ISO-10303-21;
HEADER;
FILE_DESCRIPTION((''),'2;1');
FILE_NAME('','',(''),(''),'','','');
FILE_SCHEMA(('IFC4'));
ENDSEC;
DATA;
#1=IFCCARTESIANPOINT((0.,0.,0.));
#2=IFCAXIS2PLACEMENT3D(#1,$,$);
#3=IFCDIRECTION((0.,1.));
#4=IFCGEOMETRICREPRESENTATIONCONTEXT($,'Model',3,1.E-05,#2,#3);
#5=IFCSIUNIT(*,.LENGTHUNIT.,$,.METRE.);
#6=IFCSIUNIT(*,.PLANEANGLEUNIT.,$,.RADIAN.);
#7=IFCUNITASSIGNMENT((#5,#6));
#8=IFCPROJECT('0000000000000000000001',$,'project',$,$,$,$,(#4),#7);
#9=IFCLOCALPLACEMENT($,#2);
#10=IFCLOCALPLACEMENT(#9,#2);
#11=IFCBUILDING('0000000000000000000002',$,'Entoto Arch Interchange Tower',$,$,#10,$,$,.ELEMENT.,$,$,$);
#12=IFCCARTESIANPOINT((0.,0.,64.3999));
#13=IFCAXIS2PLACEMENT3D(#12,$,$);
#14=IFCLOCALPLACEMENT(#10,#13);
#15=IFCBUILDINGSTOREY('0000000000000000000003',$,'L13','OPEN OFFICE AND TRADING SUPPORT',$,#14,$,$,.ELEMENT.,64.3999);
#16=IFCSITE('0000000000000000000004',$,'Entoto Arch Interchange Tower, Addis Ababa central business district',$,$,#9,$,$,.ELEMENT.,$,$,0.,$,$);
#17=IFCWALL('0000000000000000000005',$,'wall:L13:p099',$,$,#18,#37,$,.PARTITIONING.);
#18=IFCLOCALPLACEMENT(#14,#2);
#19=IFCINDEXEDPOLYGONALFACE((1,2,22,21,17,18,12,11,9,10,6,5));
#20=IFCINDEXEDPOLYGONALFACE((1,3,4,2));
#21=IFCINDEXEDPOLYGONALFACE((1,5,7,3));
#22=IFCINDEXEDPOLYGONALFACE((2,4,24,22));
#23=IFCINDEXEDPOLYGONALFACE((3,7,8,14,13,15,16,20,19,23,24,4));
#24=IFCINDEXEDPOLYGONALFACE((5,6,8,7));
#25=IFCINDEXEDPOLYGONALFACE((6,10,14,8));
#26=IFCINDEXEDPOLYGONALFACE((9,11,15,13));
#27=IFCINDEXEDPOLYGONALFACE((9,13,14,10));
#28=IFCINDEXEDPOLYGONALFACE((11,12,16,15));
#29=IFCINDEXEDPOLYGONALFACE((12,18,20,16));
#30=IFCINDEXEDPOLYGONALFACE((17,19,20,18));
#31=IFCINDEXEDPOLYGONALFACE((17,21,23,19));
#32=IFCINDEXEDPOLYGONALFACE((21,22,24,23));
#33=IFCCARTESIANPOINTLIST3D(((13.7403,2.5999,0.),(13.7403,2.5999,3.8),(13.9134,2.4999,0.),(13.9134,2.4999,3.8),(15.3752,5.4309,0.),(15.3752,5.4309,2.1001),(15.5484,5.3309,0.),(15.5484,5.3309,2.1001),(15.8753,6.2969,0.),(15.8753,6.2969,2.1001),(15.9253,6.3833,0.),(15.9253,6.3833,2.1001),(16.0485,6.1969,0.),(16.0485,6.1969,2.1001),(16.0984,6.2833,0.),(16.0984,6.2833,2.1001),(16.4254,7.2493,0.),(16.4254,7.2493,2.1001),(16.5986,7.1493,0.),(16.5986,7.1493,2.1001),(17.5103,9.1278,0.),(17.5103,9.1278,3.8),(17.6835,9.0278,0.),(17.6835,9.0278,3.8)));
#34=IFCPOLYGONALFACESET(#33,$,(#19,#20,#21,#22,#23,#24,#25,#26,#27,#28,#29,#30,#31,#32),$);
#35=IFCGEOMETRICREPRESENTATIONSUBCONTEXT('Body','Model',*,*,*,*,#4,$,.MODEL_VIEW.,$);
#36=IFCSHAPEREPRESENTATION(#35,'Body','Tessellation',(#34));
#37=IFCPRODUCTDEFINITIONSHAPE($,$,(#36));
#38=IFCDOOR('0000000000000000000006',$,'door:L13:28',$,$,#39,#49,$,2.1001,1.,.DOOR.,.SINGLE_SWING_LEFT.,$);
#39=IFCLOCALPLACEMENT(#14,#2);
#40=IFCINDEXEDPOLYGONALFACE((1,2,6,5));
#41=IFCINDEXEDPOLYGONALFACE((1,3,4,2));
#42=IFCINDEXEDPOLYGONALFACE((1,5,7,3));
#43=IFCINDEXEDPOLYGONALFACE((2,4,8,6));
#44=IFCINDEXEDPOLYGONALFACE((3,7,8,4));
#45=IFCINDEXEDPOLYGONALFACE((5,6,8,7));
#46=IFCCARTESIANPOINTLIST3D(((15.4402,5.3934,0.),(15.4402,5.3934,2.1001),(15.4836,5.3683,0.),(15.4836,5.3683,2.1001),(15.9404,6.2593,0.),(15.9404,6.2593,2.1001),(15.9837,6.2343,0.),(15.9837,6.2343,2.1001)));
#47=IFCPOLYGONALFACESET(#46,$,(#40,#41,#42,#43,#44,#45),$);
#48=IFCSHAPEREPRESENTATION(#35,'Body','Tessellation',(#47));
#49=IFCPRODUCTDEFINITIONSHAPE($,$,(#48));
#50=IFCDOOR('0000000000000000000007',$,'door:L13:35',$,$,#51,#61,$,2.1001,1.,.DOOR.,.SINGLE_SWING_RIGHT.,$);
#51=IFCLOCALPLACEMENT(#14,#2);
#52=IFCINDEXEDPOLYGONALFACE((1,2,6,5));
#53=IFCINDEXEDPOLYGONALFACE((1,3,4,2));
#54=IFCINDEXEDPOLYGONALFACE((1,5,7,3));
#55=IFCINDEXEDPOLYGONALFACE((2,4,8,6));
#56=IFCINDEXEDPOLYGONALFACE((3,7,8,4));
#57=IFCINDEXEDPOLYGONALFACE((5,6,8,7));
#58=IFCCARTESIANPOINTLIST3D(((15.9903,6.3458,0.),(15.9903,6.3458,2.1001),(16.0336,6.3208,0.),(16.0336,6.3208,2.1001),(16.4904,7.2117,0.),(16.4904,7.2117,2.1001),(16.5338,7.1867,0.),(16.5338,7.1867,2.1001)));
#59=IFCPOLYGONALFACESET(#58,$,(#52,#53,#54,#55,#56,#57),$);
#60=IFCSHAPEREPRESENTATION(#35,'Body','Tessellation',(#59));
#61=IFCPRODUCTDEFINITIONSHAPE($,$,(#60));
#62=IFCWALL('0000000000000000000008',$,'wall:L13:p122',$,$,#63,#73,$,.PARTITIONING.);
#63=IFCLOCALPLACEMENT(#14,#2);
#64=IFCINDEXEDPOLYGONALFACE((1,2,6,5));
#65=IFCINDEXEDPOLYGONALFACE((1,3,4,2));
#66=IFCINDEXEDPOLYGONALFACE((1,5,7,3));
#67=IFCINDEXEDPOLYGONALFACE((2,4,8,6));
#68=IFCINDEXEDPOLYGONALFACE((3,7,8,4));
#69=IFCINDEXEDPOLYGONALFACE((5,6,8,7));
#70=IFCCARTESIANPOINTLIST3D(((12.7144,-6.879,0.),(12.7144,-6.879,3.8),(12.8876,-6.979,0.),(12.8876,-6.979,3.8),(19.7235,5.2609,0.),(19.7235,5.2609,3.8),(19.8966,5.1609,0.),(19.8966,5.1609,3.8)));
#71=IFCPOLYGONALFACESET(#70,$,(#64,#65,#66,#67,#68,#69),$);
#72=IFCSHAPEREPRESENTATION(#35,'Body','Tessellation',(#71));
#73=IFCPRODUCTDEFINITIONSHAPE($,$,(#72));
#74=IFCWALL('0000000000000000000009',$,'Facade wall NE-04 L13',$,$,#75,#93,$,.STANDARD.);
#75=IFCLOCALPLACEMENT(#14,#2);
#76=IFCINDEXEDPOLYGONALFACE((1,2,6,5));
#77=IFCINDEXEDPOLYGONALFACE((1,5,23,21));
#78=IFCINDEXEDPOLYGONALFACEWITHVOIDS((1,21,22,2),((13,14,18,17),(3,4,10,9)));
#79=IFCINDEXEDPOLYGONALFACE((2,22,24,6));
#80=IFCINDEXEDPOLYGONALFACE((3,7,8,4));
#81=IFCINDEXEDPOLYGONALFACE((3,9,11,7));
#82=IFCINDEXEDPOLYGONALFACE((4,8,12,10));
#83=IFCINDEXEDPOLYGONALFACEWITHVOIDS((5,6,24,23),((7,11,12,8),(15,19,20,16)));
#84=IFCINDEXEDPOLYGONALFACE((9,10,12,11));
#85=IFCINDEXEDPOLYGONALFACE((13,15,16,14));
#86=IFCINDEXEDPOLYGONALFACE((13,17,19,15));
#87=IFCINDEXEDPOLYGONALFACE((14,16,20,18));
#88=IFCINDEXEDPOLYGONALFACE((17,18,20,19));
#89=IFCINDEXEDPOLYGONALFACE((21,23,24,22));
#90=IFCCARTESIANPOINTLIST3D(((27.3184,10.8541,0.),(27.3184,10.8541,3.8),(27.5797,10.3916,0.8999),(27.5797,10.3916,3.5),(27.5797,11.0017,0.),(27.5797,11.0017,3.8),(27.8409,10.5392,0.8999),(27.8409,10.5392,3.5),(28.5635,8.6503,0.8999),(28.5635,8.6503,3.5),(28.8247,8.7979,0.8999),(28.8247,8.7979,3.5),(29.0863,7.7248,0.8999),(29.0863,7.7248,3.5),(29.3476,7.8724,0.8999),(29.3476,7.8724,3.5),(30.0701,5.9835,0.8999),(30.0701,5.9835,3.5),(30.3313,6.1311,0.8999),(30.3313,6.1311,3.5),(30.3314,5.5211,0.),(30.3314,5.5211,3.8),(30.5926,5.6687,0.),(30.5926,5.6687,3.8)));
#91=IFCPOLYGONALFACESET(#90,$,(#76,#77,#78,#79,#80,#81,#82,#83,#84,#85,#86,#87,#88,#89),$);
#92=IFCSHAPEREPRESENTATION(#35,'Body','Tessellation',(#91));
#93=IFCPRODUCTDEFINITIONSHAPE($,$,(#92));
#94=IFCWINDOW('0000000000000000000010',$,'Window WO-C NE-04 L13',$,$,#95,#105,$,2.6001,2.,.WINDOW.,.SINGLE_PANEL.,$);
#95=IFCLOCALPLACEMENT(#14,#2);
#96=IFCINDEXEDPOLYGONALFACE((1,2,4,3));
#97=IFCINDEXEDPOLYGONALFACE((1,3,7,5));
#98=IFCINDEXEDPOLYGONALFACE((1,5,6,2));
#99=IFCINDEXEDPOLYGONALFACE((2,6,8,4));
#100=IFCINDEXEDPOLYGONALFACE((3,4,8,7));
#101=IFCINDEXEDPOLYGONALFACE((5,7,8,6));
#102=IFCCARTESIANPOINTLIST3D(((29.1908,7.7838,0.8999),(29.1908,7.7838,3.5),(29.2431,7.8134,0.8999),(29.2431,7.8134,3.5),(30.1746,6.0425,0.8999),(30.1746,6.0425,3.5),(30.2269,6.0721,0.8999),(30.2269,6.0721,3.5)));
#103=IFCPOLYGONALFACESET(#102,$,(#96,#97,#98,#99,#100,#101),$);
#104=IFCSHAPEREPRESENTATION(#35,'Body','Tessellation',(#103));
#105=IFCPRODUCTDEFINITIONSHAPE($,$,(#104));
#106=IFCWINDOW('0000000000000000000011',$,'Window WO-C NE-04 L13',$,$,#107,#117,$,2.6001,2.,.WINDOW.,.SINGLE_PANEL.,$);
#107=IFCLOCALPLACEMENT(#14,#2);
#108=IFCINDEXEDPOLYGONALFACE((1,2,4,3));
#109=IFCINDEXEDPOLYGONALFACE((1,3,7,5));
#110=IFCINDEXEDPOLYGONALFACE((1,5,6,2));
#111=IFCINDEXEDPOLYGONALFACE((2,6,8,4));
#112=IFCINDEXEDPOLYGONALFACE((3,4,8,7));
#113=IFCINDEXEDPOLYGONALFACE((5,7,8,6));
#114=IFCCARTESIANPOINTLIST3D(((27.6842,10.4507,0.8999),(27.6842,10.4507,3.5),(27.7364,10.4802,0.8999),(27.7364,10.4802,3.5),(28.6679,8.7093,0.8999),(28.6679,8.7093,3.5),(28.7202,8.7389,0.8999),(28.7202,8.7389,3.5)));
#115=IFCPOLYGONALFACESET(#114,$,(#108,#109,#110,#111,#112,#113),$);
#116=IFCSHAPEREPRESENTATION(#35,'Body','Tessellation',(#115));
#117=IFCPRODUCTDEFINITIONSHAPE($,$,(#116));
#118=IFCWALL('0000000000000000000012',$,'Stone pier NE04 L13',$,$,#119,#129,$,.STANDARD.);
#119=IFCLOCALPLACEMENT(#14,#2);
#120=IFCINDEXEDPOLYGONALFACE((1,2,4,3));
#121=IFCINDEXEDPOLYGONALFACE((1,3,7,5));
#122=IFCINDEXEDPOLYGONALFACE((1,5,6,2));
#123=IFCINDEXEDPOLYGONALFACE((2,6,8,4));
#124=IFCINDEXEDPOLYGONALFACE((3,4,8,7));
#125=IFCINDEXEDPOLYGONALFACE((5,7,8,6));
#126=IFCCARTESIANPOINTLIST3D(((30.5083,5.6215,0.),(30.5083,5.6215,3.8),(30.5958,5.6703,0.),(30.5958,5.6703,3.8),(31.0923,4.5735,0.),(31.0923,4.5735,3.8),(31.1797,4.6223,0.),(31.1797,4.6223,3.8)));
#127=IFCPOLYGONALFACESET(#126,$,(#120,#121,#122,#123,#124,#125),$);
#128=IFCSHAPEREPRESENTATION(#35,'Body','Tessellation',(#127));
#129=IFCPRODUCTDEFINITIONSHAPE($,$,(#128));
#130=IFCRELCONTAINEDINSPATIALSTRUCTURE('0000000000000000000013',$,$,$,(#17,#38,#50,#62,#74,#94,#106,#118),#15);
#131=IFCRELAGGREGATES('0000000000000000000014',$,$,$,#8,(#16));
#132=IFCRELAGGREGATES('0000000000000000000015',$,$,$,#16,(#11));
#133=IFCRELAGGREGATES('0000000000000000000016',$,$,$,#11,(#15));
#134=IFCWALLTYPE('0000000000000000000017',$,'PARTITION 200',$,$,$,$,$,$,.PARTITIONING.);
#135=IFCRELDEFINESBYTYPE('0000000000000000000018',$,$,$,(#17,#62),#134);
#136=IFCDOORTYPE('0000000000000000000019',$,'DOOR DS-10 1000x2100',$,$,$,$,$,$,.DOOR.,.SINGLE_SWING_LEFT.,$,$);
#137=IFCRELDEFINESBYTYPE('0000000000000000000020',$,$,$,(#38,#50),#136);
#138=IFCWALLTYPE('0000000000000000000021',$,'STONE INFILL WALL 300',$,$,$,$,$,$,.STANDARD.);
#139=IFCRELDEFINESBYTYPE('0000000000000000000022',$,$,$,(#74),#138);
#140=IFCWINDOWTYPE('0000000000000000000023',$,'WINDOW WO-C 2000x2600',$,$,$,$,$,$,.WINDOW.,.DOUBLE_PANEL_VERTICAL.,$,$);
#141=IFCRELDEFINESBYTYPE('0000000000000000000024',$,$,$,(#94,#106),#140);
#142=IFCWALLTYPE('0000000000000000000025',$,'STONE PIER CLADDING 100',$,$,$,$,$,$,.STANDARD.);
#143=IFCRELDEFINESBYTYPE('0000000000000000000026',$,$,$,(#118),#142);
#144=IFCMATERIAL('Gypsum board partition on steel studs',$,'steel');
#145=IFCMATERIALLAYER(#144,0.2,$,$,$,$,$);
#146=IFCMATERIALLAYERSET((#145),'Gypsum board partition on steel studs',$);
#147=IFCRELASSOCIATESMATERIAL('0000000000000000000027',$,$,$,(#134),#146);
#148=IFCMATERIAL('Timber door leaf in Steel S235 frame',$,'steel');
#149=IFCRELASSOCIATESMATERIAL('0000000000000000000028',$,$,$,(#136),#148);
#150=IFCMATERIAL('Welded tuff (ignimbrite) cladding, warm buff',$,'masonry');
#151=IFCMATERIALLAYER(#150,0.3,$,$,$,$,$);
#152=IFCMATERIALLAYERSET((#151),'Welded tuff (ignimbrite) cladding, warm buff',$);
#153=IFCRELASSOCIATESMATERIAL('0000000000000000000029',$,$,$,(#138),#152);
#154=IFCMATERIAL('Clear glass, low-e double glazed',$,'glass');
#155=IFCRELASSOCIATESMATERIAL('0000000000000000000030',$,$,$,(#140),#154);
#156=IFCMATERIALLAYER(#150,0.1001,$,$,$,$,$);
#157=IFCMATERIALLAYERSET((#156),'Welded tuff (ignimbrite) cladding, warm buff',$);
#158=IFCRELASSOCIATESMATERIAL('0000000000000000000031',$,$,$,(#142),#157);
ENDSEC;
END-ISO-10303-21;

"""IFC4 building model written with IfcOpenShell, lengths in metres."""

from ifc_helpers import new_model, si_unit, direction, frame, frame_2d, origin, place, context, subcontext, project, spatial, rectangle, extrude, material, layer, layer_set, type_object, element, fill, save


model = new_model("IFC4")

# Units and contexts
model_context = context("Model", 3, precision=1e-05, world=origin(), true_north=direction((0.0, 1.0)))
body_context = subcontext(model_context, "Body", "Model", "MODEL_VIEW")
ifc_project = project(units=[si_unit("LENGTHUNIT", "METRE"), si_unit("PLANEANGLEUNIT", "RADIAN")], contexts=[model_context])

# Site, building, storey
site_placement = place(None, origin())
site = spatial("IfcSite", under=ifc_project, at=site_placement, Name="Entoto Arch Interchange Tower, Addis Ababa central business district", CompositionType="ELEMENT", RefElevation=0.0)
building_placement = place(site_placement, origin())
building = spatial("IfcBuilding", under=site, at=building_placement, Name="Entoto Arch Interchange Tower", CompositionType="ELEMENT")
storey_placement = place(building_placement, frame((0.0, 0.0, 64.3999)))
storey = spatial("IfcBuildingStorey", under=building, at=storey_placement, Name="L13", Description="OPEN OFFICE AND TRADING SUPPORT", CompositionType="ELEMENT", Elevation=64.3999)

# Shared definitions
ifc_material_1 = material(Name="Gypsum board partition on steel studs", Category="steel")
ifc_layer_1 = layer(ifc_material_1, 0.2)
ifc_layer_set_1 = layer_set([ifc_layer_1], Name="Gypsum board partition on steel studs")
wall_type_1 = type_object("IfcWallType", Name="PARTITION 200", PredefinedType="PARTITIONING", material=ifc_layer_set_1)

# Shared definitions
ifc_material_2 = material(Name="Timber door leaf in Steel S235 frame", Category="steel")
door_type = type_object("IfcDoorType", Name="DOOR DS-10 1000x2100", OperationType="SINGLE_SWING_LEFT", PredefinedType="DOOR", material=ifc_material_2)

# Wall, openings, doors
wall_1_placement = place(storey_placement, frame((13.8269, 2.55, 0.0), z_axis=(0.0, 0.0, 1.0), x_axis=(0.500117, 0.865958, 0.0)))
wall_1 = element("IfcWall", 1, at=wall_1_placement, inside=storey, type_object=wall_type_1, Name="wall:L13:p099", PredefinedType="PARTITIONING", context=body_context, shape_type="SweptSolid", body=[
    extrude(rectangle(XDim=7.5383, YDim=0.2, at=frame_2d((3.769, 0.0))), origin(), (0.0, 0.0, 1.0), 3.8),
])
opening_1_placement = place(wall_1_placement, frame((3.269, 0.0, 0.0)))
opening_1 = element("IfcOpeningElement", 2, at=opening_1_placement, cuts=wall_1, PredefinedType="OPENING", context=body_context, shape_type="SweptSolid", body=[
    extrude(rectangle(XDim=1.0, YDim=2.1001, at=frame_2d((0.5, 1.05))), frame((0.0, 0.1099, 0.0), z_axis=(0.0, -1.0, 0.0), x_axis=(1.0, 0.0, 0.0)), (0.0, 0.0, 1.0), 0.22),
])
opening_2_placement = place(wall_1_placement, frame((4.3689, 0.0, 0.0)))
opening_2 = element("IfcOpeningElement", 3, at=opening_2_placement, cuts=wall_1, PredefinedType="OPENING", context=body_context, shape_type="SweptSolid", body=[
    extrude(rectangle(XDim=1.0, YDim=2.1001, at=frame_2d((0.5, 1.05))), frame((0.0, 0.1099, 0.0), z_axis=(0.0, -1.0, 0.0), x_axis=(1.0, 0.0, 0.0)), (0.0, 0.0, 1.0), 0.22),
])
door_1_placement = place(opening_1_placement, origin())
door_1 = element("IfcDoor", 4, at=door_1_placement, inside=storey, type_object=door_type, Name="door:L13:28", OperationType="SINGLE_SWING_LEFT", OverallHeight=2.1001, OverallWidth=1.0, PredefinedType="DOOR", context=body_context, shape_type="SweptSolid", body=[
    extrude(rectangle(XDim=1.0, YDim=2.1001, at=frame_2d((0.5, 1.05))), frame((0.0, 0.0249, 0.0), z_axis=(0.0, -1.0, 0.0), x_axis=(1.0, 0.0, 0.0)), (0.0, 0.0, 1.0), 0.05),
])
fill(opening_1, door_1)
door_2_placement = place(opening_2_placement, origin())
door_2 = element("IfcDoor", 5, at=door_2_placement, inside=storey, type_object=door_type, Name="door:L13:35", OperationType="SINGLE_SWING_RIGHT", OverallHeight=2.1001, OverallWidth=1.0, PredefinedType="DOOR", context=body_context, shape_type="SweptSolid", body=[
    extrude(rectangle(XDim=1.0, YDim=2.1001, at=frame_2d((0.5, 1.05))), frame((0.0, 0.0249, 0.0), z_axis=(0.0, -1.0, 0.0), x_axis=(1.0, 0.0, 0.0)), (0.0, 0.0, 1.0), 0.05),
])
fill(opening_2, door_2)

# Wall
wall_2_placement = place(storey_placement, frame((19.8101, 5.2109, 0.0), z_axis=(0.0, 0.0, 1.0), x_axis=(-0.500003, -0.866023, 0.0)))
element("IfcWall", 6, at=wall_2_placement, inside=storey, type_object=wall_type_1, Name="wall:L13:p122", PredefinedType="PARTITIONING", context=body_context, shape_type="SweptSolid", body=[
    extrude(rectangle(XDim=14.0181, YDim=0.2, at=frame_2d((7.009, 0.0))), origin(), (0.0, 0.0, 1.0), 3.8),
])

# Wall, openings, windows
ifc_material_3 = material(Name="Welded tuff (ignimbrite) cladding, warm buff", Category="masonry")
ifc_layer_2 = layer(ifc_material_3, 0.3)
ifc_layer_set_2 = layer_set([ifc_layer_2], Name="Welded tuff (ignimbrite) cladding, warm buff")
wall_type_2 = type_object("IfcWallType", Name="STONE INFILL WALL 300", PredefinedType="STANDARD", material=ifc_layer_set_2)
wall_3_placement = place(storey_placement, frame((30.4619, 5.595, 0.0), z_axis=(0.0, 0.0, 1.0), x_axis=(-0.491888, 0.870659, 0.0)))
wall_3 = element("IfcWall", 7, at=wall_3_placement, inside=storey, type_object=wall_type_2, Name="Facade wall NE-04 L13", PredefinedType="STANDARD", context=body_context, shape_type="SweptSolid", body=[
    extrude(rectangle(XDim=6.1252, YDim=0.3, at=frame_2d((3.0625, 0.0))), origin(), (0.0, 0.0, 1.0), 3.8),
])
opening_3_placement = place(wall_3_placement, frame((0.531, 0.0, 0.8999)))
opening_3 = element("IfcOpeningElement", 8, at=opening_3_placement, cuts=wall_3, PredefinedType="OPENING", context=body_context, shape_type="SweptSolid", body=[
    extrude(rectangle(XDim=2.0, YDim=2.6001, at=frame_2d((1.0, 1.3))), frame((0.0, 0.1602, 0.0), z_axis=(0.0, -1.0, 0.0), x_axis=(1.0, 0.0, 0.0)), (0.0, 0.0, 1.0), 0.3201),
])
opening_4_placement = place(wall_3_placement, frame((3.594, 0.0, 0.8999)))
opening_4 = element("IfcOpeningElement", 9, at=opening_4_placement, cuts=wall_3, PredefinedType="OPENING", context=body_context, shape_type="SweptSolid", body=[
    extrude(rectangle(XDim=2.0, YDim=2.6001, at=frame_2d((1.0, 1.3))), frame((0.0, 0.1602, 0.0), z_axis=(0.0, -1.0, 0.0), x_axis=(1.0, 0.0, 0.0)), (0.0, 0.0, 1.0), 0.3201),
])
ifc_material_4 = material(Name="Clear glass, low-e double glazed", Category="glass")
window_type = type_object("IfcWindowType", Name="WINDOW WO-C 2000x2600", PartitioningType="DOUBLE_PANEL_VERTICAL", PredefinedType="WINDOW", material=ifc_material_4)
window_1_placement = place(opening_3_placement, origin())
window_1 = element("IfcWindow", 10, at=window_1_placement, inside=storey, type_object=window_type, Name="Window WO-C NE-04 L13", OverallHeight=2.6001, OverallWidth=2.0, PartitioningType="SINGLE_PANEL", PredefinedType="WINDOW", context=body_context, shape_type="SweptSolid", body=[
    extrude(rectangle(XDim=2.0, YDim=2.6001, at=frame_2d((1.0, 1.3))), frame((0.0, 0.03, 0.0), z_axis=(0.0, -1.0, 0.0), x_axis=(1.0, 0.0, 0.0)), (0.0, 0.0, 1.0), 0.0601),
])
fill(opening_3, window_1)
window_2_placement = place(opening_4_placement, origin())
window_2 = element("IfcWindow", 11, at=window_2_placement, inside=storey, type_object=window_type, Name="Window WO-C NE-04 L13", OverallHeight=2.6001, OverallWidth=2.0, PartitioningType="SINGLE_PANEL", PredefinedType="WINDOW", context=body_context, shape_type="SweptSolid", body=[
    extrude(rectangle(XDim=2.0, YDim=2.6001, at=frame_2d((1.0, 1.3))), frame((0.0, 0.03, 0.0), z_axis=(0.0, -1.0, 0.0), x_axis=(1.0, 0.0, 0.0)), (0.0, 0.0, 1.0), 0.0601),
])
fill(opening_4, window_2)

# Wall
ifc_layer_3 = layer(ifc_material_3, 0.1001)
ifc_layer_set_3 = layer_set([ifc_layer_3], Name="Welded tuff (ignimbrite) cladding, warm buff")
wall_type_3 = type_object("IfcWallType", Name="STONE PIER CLADDING 100", PredefinedType="STANDARD", material=ifc_layer_set_3)
wall_4_placement = place(storey_placement, frame((31.136, 4.5979, 0.0), z_axis=(0.0, 0.0, 1.0), x_axis=(-0.486731, 0.873552, 0.0)))
element("IfcWall", 12, at=wall_4_placement, inside=storey, type_object=wall_type_3, Name="Stone pier NE04 L13", PredefinedType="STANDARD", context=body_context, shape_type="SweptSolid", body=[
    extrude(rectangle(XDim=1.1997, YDim=0.1001, at=frame_2d((0.5999, 0.0))), origin(), (0.0, 0.0, 1.0), 3.8),
])

save(model, "model.ifc")
